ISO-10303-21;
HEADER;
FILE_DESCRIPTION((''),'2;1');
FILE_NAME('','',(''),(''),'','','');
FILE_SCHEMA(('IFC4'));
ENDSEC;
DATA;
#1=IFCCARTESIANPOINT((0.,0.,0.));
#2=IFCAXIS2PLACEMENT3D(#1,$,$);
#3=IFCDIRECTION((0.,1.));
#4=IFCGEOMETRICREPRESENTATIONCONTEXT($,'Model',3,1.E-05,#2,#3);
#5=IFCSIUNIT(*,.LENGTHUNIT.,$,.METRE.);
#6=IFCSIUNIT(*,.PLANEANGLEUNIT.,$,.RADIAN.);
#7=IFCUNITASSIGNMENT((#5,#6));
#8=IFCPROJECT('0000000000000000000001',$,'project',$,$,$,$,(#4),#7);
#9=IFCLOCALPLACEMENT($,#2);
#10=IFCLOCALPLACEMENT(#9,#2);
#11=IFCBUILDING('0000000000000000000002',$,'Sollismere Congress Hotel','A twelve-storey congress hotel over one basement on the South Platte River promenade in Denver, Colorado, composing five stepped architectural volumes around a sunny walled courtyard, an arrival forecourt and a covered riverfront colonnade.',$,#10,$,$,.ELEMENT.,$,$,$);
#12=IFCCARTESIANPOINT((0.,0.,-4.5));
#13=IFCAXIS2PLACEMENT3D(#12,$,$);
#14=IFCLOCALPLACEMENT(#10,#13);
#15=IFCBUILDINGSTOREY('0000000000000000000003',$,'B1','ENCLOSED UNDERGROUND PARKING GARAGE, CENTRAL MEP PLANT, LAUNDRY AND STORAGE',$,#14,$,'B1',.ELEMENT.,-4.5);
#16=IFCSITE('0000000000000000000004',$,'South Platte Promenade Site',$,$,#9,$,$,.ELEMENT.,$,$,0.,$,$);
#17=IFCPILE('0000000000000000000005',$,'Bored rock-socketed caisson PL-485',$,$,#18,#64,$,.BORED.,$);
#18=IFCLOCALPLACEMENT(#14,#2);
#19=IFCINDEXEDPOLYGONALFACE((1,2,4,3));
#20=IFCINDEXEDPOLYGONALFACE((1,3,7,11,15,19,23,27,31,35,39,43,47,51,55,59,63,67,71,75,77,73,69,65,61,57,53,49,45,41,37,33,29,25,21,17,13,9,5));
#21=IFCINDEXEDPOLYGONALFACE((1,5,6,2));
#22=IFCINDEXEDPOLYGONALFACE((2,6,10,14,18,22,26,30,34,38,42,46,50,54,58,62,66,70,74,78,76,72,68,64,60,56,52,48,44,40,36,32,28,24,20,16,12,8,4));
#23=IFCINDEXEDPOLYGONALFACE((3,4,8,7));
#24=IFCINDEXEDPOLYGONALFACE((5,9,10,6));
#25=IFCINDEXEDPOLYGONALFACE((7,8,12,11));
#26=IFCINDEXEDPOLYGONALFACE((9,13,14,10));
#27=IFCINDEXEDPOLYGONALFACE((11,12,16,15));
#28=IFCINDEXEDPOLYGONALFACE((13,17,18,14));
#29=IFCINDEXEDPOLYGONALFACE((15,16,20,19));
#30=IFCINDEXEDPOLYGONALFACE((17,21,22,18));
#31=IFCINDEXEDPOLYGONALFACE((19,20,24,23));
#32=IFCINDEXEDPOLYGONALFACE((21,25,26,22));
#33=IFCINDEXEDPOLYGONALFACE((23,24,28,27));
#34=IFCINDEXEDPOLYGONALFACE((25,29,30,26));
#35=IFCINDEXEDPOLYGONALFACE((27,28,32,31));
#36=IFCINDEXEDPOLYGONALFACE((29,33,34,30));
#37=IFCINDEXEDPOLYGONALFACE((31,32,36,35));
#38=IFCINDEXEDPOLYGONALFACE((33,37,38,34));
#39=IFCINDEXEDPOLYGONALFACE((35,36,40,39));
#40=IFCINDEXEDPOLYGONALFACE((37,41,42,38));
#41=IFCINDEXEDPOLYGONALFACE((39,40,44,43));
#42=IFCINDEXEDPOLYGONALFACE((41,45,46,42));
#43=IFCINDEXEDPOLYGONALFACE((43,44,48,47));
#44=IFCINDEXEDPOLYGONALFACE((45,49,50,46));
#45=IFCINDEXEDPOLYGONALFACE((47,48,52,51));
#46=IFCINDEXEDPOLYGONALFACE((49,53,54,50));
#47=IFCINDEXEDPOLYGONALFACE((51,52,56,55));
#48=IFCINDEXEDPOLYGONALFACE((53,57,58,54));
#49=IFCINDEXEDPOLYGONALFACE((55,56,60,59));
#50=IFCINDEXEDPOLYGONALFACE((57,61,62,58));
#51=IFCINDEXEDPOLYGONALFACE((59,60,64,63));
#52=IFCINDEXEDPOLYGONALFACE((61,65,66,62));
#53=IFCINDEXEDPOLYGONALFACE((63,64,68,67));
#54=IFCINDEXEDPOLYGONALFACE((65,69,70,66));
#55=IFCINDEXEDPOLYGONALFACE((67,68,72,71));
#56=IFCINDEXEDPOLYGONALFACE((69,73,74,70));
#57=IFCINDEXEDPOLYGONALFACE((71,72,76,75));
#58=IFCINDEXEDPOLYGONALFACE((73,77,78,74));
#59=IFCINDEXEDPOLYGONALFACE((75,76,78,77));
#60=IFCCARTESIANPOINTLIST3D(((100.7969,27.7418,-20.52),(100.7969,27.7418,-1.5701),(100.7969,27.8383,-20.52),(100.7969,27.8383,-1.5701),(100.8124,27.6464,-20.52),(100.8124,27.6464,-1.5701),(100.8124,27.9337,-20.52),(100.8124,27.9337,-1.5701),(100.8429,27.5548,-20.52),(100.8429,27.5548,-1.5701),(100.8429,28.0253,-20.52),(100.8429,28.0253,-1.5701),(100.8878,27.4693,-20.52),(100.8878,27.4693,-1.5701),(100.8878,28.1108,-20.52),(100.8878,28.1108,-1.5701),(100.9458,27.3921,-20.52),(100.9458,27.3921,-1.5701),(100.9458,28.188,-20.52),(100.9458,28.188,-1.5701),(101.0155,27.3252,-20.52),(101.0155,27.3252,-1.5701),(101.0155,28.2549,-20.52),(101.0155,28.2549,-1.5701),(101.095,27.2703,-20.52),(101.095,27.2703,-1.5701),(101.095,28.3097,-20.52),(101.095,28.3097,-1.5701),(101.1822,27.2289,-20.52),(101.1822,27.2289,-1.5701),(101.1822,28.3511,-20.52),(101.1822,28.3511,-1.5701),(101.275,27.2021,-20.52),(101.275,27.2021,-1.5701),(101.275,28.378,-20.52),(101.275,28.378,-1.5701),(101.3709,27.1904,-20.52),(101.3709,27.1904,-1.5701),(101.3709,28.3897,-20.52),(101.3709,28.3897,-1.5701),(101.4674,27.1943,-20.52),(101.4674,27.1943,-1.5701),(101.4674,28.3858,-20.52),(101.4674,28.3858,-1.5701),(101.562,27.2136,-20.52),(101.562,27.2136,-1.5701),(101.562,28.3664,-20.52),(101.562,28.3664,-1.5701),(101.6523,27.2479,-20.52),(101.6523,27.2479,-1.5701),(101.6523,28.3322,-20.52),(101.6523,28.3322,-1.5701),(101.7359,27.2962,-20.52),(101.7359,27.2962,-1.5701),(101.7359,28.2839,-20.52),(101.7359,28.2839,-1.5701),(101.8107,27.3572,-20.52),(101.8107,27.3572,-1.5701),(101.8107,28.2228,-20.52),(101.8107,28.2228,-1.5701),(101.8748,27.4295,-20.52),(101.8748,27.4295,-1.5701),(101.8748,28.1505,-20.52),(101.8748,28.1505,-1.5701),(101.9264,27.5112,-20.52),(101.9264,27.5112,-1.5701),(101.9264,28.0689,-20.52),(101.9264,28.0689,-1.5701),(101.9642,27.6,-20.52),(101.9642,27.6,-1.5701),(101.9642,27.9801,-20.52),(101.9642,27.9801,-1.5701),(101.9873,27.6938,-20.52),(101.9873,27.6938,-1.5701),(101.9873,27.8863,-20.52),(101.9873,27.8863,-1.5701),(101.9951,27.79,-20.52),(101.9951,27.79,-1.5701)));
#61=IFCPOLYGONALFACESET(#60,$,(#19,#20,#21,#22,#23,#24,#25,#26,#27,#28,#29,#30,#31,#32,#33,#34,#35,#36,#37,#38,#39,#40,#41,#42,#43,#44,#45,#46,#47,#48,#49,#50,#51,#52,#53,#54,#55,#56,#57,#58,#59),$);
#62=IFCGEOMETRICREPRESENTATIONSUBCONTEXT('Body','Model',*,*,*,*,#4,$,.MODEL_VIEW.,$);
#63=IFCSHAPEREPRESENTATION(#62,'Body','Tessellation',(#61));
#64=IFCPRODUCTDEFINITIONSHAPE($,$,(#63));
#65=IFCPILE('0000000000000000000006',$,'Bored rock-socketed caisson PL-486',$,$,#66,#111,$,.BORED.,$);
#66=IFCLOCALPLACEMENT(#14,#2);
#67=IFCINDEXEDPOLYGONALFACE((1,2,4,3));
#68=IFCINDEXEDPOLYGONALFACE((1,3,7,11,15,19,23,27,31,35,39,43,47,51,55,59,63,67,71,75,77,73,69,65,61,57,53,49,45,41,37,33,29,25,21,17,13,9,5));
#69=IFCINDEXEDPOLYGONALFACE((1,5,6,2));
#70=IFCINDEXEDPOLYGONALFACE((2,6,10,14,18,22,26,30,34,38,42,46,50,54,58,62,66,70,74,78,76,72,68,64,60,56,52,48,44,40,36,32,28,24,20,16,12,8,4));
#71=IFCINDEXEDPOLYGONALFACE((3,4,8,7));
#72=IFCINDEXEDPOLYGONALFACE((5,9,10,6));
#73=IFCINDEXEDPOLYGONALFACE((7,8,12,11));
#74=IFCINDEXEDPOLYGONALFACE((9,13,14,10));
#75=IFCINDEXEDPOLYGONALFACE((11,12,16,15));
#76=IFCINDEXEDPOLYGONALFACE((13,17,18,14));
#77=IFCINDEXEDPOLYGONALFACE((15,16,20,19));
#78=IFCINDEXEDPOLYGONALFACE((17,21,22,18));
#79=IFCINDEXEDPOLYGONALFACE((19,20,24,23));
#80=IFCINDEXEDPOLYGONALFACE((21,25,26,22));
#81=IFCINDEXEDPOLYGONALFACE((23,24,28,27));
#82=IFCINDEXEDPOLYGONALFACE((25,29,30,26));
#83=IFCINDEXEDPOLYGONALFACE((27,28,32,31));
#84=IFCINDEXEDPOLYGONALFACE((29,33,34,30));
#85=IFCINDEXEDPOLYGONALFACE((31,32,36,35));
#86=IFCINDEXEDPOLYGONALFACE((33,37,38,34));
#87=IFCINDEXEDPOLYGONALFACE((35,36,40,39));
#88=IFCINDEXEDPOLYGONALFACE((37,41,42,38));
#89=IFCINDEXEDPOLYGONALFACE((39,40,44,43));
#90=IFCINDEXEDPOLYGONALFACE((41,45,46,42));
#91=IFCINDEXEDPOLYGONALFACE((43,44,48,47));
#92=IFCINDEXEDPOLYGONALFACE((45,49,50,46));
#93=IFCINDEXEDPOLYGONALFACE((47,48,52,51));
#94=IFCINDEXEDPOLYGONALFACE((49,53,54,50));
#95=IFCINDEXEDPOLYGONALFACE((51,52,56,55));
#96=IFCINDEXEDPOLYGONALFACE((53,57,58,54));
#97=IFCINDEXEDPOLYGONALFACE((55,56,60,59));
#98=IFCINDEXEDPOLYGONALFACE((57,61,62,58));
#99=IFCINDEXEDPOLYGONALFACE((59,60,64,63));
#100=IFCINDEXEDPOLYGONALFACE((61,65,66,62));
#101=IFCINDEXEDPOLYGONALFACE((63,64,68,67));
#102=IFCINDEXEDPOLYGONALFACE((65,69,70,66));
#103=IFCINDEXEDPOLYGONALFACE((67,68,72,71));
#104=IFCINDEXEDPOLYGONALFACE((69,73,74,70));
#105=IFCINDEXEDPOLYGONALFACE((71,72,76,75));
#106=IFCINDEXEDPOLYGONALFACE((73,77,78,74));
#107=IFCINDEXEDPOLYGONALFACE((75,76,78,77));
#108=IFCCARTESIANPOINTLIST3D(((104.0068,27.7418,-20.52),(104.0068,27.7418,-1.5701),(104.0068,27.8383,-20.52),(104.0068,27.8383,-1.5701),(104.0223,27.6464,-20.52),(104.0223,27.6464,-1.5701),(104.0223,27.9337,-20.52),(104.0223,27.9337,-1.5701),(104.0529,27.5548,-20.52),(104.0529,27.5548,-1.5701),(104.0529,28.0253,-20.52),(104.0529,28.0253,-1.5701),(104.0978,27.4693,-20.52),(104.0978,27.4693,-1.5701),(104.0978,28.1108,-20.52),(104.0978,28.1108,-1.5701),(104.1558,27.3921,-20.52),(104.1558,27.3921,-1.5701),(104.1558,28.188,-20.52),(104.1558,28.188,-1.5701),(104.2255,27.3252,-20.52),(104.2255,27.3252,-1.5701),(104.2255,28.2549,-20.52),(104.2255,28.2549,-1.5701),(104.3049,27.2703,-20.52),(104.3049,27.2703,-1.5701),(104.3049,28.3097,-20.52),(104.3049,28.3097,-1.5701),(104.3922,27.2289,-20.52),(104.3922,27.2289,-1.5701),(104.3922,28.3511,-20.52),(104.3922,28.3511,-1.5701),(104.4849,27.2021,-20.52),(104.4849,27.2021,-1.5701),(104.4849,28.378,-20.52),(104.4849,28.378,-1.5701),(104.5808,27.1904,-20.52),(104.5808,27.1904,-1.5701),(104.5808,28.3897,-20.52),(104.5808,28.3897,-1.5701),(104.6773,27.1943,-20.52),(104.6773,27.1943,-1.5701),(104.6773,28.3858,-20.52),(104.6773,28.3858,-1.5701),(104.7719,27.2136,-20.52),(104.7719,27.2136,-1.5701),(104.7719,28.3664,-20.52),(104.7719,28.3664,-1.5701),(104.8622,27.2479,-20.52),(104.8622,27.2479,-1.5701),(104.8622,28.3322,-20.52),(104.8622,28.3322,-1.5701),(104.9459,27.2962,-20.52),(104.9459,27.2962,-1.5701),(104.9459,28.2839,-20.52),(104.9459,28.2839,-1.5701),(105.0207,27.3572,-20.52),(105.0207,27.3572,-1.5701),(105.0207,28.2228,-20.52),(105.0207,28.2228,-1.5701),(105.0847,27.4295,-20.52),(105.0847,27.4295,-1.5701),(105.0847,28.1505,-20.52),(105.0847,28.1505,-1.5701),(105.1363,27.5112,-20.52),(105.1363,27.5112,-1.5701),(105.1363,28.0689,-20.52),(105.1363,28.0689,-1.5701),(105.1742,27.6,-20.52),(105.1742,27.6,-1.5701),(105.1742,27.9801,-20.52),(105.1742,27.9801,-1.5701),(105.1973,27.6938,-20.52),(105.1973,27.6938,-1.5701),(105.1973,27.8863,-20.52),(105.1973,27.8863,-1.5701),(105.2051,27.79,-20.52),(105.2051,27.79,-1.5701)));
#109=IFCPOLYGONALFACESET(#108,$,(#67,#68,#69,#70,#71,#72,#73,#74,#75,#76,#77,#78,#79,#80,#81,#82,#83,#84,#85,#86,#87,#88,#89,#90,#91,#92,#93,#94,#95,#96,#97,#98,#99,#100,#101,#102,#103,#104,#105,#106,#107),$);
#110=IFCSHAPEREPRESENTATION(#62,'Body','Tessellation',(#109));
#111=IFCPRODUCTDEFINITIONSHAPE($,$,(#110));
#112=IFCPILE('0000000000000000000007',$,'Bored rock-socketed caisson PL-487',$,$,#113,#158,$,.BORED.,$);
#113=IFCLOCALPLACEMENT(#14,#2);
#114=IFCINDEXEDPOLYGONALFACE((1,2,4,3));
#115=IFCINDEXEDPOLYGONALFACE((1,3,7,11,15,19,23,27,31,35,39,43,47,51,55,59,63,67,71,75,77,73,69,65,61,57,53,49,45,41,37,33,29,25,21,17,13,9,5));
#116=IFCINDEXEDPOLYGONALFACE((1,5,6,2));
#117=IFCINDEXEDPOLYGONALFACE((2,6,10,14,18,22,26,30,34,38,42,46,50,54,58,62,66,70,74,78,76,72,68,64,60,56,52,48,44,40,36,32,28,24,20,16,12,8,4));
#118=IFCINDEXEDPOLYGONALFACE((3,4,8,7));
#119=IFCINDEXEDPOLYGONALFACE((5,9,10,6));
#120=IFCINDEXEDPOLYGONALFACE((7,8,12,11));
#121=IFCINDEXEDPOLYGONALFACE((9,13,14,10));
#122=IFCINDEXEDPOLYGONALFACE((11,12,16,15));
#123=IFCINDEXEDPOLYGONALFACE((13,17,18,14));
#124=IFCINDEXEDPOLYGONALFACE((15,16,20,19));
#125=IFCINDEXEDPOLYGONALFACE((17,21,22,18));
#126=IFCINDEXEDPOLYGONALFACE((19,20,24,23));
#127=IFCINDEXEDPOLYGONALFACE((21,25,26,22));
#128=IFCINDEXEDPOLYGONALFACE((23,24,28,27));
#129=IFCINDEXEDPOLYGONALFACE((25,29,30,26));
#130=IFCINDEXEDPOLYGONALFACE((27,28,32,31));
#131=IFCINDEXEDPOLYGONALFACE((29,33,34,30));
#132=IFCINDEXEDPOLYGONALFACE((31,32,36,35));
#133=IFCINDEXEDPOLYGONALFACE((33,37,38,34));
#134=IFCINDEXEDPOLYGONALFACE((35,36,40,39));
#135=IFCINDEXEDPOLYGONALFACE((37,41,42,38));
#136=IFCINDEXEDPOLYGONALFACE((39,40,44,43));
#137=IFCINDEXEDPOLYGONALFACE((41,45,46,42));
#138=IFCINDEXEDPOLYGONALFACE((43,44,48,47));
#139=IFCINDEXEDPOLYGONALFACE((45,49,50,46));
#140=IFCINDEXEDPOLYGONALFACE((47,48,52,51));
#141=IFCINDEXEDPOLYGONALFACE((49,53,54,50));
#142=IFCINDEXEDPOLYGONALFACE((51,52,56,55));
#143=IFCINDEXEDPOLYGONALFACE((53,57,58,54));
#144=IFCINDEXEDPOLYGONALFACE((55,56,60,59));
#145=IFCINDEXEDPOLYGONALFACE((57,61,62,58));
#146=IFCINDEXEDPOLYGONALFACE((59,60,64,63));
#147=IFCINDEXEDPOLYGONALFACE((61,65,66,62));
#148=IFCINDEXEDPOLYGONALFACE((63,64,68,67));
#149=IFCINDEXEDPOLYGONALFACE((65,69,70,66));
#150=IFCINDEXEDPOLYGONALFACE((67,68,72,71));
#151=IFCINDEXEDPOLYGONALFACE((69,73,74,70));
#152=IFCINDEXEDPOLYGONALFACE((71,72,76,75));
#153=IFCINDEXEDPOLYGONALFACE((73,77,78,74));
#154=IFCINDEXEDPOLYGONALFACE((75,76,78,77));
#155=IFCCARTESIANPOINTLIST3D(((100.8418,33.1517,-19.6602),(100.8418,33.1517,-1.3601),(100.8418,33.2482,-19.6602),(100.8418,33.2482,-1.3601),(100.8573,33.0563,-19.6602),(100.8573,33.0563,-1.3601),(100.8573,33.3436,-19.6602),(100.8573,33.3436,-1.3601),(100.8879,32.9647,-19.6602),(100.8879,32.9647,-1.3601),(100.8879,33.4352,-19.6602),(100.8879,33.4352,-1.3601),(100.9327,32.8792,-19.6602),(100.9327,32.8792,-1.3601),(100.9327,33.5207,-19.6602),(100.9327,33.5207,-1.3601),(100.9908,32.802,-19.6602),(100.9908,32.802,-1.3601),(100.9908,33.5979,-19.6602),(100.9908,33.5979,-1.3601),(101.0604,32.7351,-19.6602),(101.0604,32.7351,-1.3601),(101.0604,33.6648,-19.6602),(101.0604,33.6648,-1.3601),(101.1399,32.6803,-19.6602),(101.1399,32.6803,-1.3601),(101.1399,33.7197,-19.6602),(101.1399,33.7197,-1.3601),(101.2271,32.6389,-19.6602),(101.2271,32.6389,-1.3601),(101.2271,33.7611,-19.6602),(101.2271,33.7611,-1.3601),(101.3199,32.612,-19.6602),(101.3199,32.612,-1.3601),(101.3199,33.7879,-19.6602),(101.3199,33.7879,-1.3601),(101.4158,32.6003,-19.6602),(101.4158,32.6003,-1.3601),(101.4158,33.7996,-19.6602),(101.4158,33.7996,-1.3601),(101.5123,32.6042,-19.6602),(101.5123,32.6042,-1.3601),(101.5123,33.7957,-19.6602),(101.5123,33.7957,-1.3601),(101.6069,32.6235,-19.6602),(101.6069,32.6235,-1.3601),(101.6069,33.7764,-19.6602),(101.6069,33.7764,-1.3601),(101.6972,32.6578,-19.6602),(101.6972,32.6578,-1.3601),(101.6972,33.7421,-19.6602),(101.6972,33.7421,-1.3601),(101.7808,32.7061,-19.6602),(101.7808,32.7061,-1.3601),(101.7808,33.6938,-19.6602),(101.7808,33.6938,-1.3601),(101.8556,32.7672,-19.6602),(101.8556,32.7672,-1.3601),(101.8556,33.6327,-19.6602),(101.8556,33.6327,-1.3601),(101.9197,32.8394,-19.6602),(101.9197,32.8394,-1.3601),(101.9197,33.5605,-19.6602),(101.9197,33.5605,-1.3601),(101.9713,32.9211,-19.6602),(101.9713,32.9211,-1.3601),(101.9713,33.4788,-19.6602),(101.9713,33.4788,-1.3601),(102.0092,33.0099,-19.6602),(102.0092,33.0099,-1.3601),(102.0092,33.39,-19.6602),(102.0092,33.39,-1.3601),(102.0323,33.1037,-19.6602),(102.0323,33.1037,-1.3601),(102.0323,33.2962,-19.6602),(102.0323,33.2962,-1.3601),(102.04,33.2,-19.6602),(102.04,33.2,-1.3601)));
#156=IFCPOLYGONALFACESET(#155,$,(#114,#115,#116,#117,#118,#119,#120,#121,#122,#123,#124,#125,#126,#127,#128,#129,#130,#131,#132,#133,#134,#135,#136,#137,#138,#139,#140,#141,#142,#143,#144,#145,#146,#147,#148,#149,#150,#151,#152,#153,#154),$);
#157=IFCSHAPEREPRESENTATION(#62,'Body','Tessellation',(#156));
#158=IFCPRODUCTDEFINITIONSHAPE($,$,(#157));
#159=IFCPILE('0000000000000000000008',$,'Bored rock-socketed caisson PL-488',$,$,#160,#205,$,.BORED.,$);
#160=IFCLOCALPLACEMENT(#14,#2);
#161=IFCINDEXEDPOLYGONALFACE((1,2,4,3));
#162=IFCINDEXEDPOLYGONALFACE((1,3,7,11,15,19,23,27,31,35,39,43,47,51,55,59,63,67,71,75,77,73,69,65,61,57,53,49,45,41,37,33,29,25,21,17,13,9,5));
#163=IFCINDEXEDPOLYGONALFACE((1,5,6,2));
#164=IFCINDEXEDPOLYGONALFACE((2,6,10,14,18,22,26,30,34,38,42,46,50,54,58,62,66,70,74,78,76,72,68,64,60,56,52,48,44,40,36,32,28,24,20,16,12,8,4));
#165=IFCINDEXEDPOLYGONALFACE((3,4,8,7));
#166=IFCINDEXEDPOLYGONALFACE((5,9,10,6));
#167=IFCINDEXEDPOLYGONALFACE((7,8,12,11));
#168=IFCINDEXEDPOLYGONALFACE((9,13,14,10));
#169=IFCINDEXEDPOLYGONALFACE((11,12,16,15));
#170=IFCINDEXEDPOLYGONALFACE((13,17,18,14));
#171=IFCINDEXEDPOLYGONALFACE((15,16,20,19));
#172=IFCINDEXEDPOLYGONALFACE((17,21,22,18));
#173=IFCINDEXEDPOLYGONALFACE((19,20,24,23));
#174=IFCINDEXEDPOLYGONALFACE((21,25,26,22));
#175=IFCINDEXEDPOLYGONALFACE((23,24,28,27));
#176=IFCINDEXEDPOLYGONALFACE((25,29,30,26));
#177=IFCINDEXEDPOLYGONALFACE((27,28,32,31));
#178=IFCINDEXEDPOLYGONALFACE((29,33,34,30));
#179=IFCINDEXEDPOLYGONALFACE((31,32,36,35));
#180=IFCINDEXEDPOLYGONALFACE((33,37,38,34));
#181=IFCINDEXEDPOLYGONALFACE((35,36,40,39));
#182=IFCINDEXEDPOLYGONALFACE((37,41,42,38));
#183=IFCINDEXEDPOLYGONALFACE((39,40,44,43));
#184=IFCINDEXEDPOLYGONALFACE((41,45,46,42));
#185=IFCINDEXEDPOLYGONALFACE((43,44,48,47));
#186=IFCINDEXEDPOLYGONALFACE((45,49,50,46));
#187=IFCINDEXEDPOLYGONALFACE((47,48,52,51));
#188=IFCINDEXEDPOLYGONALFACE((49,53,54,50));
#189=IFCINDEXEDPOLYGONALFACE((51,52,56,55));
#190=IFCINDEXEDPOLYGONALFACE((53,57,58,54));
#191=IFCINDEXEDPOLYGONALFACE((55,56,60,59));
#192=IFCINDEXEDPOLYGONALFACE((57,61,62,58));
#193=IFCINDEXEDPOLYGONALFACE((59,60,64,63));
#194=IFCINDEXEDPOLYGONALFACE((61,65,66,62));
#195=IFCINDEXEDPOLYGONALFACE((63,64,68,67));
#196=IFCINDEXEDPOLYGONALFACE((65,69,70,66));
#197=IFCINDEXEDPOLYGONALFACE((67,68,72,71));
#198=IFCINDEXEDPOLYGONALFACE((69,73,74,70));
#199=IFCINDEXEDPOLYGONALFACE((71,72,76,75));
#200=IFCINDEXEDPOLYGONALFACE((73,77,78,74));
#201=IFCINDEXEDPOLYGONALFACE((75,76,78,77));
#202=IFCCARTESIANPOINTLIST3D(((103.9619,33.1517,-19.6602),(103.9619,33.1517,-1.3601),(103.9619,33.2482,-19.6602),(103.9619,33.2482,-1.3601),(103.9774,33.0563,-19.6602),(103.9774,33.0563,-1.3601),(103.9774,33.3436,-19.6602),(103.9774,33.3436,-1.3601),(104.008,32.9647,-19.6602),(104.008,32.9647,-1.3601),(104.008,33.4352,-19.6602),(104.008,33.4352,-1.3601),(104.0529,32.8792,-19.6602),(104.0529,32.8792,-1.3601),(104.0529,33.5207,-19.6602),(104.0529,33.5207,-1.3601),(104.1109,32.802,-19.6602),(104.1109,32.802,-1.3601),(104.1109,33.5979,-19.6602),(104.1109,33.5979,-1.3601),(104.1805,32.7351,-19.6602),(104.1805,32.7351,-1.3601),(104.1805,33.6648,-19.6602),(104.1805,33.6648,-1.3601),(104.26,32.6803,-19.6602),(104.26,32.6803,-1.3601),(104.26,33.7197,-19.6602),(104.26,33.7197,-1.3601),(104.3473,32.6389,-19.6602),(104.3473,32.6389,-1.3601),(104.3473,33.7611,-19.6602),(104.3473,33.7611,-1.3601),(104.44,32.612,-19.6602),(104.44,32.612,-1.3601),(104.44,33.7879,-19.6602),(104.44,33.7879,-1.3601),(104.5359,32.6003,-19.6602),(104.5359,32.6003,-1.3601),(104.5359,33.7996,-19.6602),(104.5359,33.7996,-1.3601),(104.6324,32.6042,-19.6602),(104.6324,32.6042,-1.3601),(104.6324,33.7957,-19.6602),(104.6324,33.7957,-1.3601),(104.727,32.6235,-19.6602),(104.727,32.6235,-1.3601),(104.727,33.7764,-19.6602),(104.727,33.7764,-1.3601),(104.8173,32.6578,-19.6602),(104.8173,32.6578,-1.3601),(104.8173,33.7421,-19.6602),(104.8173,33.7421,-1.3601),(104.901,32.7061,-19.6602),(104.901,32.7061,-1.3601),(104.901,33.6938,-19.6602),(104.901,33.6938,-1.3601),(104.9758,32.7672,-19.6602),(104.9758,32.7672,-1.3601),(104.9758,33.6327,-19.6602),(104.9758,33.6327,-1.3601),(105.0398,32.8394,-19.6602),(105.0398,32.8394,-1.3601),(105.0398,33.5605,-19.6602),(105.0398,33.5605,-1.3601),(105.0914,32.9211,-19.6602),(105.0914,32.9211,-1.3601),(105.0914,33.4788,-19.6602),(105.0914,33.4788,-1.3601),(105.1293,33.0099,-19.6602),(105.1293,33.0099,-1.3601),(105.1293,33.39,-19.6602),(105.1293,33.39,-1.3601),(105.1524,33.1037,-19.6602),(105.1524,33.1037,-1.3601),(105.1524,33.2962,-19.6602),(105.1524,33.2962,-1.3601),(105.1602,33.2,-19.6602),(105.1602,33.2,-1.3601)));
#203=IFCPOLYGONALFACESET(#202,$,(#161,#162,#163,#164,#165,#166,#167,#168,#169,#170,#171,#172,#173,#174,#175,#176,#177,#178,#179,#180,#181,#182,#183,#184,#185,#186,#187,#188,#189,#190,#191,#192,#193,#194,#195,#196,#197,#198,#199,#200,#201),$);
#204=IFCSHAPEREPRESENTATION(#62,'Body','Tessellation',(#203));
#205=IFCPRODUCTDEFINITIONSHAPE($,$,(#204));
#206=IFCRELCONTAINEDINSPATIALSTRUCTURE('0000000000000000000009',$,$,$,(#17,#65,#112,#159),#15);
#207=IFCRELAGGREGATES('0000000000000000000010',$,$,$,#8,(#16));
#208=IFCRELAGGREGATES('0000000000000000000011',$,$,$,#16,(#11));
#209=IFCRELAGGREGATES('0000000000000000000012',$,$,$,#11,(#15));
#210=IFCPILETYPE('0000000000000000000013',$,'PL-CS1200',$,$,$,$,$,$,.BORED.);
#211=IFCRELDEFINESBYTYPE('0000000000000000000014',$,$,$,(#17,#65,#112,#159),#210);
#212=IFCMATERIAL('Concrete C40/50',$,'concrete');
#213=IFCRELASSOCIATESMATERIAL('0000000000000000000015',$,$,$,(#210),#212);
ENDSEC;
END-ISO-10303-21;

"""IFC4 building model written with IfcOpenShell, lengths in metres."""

from ifc_helpers import new_model, si_unit, direction, frame, origin, origin_2d, place, context, subcontext, project, spatial, circle, extrude, material, material_profile, profile_set, type_object, element, save


model = new_model("IFC4")

# Units and contexts
model_context = context("Model", 3, precision=1e-05, world=origin(), true_north=direction((0.0, 1.0)))
body_context = subcontext(model_context, "Body", "Model", "MODEL_VIEW")
ifc_project = project(units=[si_unit("LENGTHUNIT", "METRE"), si_unit("PLANEANGLEUNIT", "RADIAN")], contexts=[model_context])

# Site, building, storey
site_placement = place(None, origin())
site = spatial("IfcSite", under=ifc_project, at=site_placement, Name="South Platte Promenade Site", CompositionType="ELEMENT", RefElevation=0.0)
building_placement = place(site_placement, origin())
building = spatial("IfcBuilding", under=site, at=building_placement, Name="Sollismere Congress Hotel", Description="A twelve-storey congress hotel over one basement on the South Platte River promenade in Denver, Colorado, composing five stepped architectural volumes around a sunny walled courtyard, an arrival forecourt and a covered riverfront colonnade.", CompositionType="ELEMENT")
storey_placement = place(building_placement, frame((0.0, 0.0, -4.5)))
storey = spatial("IfcBuildingStorey", under=building, at=storey_placement, Name="B1", Description="ENCLOSED UNDERGROUND PARKING GARAGE, CENTRAL MEP PLANT, LAUNDRY AND STORAGE", LongName="B1", CompositionType="ELEMENT", Elevation=-4.5)

# Shared definitions
ifc_material_1 = material(Name="Concrete C40/50", Category="concrete")

# Piles
ifc_material_profile_1 = material_profile(ifc_material_1, circle(Radius=0.6001, at=origin_2d()), Name="CAISSON1200")
ifc_profile_set_1 = profile_set([ifc_material_profile_1], Name="Concrete C40/50")
pile_type = type_object("IfcPileType", Name="PL-CS1200", PredefinedType="BORED", material=ifc_profile_set_1)
for number, where, z_axis, x_axis, name in (
    (1, (101.395, 27.79, -1.5701), (0.0, 0.0, -1.0), (1.0, 0.0, 0.0), "Bored rock-socketed caisson PL-485"),
    (2, (104.605, 27.79, -1.5701), (0.0, 0.0, -1.0), (1.0, 0.0, 0.0), "Bored rock-socketed caisson PL-486"),
):
    element("IfcPile", number, at=place(storey_placement, frame(where, z_axis=z_axis, x_axis=x_axis)), inside=storey, type_object=pile_type, Name=name, PredefinedType="BORED", context=body_context, shape_type="SweptSolid", body=[
        extrude(circle(Radius=0.6001, at=origin_2d()), origin(), (0.0, 0.0, 1.0), 18.95),
    ])
for number, where, z_axis, x_axis, name in (
    (3, (101.4399, 33.2, -1.3601), (0.0, 0.0, -1.0), (1.0, 0.0, 0.0), "Bored rock-socketed caisson PL-487"),
    (4, (104.5601, 33.2, -1.3601), (0.0, 0.0, -1.0), (1.0, 0.0, 0.0), "Bored rock-socketed caisson PL-488"),
):
    element("IfcPile", number, at=place(storey_placement, frame(where, z_axis=z_axis, x_axis=x_axis)), inside=storey, type_object=pile_type, Name=name, PredefinedType="BORED", context=body_context, shape_type="SweptSolid", body=[
        extrude(circle(Radius=0.6001, at=origin_2d()), origin(), (0.0, 0.0, 1.0), 18.3),
    ])

save(model, "model.ifc")
